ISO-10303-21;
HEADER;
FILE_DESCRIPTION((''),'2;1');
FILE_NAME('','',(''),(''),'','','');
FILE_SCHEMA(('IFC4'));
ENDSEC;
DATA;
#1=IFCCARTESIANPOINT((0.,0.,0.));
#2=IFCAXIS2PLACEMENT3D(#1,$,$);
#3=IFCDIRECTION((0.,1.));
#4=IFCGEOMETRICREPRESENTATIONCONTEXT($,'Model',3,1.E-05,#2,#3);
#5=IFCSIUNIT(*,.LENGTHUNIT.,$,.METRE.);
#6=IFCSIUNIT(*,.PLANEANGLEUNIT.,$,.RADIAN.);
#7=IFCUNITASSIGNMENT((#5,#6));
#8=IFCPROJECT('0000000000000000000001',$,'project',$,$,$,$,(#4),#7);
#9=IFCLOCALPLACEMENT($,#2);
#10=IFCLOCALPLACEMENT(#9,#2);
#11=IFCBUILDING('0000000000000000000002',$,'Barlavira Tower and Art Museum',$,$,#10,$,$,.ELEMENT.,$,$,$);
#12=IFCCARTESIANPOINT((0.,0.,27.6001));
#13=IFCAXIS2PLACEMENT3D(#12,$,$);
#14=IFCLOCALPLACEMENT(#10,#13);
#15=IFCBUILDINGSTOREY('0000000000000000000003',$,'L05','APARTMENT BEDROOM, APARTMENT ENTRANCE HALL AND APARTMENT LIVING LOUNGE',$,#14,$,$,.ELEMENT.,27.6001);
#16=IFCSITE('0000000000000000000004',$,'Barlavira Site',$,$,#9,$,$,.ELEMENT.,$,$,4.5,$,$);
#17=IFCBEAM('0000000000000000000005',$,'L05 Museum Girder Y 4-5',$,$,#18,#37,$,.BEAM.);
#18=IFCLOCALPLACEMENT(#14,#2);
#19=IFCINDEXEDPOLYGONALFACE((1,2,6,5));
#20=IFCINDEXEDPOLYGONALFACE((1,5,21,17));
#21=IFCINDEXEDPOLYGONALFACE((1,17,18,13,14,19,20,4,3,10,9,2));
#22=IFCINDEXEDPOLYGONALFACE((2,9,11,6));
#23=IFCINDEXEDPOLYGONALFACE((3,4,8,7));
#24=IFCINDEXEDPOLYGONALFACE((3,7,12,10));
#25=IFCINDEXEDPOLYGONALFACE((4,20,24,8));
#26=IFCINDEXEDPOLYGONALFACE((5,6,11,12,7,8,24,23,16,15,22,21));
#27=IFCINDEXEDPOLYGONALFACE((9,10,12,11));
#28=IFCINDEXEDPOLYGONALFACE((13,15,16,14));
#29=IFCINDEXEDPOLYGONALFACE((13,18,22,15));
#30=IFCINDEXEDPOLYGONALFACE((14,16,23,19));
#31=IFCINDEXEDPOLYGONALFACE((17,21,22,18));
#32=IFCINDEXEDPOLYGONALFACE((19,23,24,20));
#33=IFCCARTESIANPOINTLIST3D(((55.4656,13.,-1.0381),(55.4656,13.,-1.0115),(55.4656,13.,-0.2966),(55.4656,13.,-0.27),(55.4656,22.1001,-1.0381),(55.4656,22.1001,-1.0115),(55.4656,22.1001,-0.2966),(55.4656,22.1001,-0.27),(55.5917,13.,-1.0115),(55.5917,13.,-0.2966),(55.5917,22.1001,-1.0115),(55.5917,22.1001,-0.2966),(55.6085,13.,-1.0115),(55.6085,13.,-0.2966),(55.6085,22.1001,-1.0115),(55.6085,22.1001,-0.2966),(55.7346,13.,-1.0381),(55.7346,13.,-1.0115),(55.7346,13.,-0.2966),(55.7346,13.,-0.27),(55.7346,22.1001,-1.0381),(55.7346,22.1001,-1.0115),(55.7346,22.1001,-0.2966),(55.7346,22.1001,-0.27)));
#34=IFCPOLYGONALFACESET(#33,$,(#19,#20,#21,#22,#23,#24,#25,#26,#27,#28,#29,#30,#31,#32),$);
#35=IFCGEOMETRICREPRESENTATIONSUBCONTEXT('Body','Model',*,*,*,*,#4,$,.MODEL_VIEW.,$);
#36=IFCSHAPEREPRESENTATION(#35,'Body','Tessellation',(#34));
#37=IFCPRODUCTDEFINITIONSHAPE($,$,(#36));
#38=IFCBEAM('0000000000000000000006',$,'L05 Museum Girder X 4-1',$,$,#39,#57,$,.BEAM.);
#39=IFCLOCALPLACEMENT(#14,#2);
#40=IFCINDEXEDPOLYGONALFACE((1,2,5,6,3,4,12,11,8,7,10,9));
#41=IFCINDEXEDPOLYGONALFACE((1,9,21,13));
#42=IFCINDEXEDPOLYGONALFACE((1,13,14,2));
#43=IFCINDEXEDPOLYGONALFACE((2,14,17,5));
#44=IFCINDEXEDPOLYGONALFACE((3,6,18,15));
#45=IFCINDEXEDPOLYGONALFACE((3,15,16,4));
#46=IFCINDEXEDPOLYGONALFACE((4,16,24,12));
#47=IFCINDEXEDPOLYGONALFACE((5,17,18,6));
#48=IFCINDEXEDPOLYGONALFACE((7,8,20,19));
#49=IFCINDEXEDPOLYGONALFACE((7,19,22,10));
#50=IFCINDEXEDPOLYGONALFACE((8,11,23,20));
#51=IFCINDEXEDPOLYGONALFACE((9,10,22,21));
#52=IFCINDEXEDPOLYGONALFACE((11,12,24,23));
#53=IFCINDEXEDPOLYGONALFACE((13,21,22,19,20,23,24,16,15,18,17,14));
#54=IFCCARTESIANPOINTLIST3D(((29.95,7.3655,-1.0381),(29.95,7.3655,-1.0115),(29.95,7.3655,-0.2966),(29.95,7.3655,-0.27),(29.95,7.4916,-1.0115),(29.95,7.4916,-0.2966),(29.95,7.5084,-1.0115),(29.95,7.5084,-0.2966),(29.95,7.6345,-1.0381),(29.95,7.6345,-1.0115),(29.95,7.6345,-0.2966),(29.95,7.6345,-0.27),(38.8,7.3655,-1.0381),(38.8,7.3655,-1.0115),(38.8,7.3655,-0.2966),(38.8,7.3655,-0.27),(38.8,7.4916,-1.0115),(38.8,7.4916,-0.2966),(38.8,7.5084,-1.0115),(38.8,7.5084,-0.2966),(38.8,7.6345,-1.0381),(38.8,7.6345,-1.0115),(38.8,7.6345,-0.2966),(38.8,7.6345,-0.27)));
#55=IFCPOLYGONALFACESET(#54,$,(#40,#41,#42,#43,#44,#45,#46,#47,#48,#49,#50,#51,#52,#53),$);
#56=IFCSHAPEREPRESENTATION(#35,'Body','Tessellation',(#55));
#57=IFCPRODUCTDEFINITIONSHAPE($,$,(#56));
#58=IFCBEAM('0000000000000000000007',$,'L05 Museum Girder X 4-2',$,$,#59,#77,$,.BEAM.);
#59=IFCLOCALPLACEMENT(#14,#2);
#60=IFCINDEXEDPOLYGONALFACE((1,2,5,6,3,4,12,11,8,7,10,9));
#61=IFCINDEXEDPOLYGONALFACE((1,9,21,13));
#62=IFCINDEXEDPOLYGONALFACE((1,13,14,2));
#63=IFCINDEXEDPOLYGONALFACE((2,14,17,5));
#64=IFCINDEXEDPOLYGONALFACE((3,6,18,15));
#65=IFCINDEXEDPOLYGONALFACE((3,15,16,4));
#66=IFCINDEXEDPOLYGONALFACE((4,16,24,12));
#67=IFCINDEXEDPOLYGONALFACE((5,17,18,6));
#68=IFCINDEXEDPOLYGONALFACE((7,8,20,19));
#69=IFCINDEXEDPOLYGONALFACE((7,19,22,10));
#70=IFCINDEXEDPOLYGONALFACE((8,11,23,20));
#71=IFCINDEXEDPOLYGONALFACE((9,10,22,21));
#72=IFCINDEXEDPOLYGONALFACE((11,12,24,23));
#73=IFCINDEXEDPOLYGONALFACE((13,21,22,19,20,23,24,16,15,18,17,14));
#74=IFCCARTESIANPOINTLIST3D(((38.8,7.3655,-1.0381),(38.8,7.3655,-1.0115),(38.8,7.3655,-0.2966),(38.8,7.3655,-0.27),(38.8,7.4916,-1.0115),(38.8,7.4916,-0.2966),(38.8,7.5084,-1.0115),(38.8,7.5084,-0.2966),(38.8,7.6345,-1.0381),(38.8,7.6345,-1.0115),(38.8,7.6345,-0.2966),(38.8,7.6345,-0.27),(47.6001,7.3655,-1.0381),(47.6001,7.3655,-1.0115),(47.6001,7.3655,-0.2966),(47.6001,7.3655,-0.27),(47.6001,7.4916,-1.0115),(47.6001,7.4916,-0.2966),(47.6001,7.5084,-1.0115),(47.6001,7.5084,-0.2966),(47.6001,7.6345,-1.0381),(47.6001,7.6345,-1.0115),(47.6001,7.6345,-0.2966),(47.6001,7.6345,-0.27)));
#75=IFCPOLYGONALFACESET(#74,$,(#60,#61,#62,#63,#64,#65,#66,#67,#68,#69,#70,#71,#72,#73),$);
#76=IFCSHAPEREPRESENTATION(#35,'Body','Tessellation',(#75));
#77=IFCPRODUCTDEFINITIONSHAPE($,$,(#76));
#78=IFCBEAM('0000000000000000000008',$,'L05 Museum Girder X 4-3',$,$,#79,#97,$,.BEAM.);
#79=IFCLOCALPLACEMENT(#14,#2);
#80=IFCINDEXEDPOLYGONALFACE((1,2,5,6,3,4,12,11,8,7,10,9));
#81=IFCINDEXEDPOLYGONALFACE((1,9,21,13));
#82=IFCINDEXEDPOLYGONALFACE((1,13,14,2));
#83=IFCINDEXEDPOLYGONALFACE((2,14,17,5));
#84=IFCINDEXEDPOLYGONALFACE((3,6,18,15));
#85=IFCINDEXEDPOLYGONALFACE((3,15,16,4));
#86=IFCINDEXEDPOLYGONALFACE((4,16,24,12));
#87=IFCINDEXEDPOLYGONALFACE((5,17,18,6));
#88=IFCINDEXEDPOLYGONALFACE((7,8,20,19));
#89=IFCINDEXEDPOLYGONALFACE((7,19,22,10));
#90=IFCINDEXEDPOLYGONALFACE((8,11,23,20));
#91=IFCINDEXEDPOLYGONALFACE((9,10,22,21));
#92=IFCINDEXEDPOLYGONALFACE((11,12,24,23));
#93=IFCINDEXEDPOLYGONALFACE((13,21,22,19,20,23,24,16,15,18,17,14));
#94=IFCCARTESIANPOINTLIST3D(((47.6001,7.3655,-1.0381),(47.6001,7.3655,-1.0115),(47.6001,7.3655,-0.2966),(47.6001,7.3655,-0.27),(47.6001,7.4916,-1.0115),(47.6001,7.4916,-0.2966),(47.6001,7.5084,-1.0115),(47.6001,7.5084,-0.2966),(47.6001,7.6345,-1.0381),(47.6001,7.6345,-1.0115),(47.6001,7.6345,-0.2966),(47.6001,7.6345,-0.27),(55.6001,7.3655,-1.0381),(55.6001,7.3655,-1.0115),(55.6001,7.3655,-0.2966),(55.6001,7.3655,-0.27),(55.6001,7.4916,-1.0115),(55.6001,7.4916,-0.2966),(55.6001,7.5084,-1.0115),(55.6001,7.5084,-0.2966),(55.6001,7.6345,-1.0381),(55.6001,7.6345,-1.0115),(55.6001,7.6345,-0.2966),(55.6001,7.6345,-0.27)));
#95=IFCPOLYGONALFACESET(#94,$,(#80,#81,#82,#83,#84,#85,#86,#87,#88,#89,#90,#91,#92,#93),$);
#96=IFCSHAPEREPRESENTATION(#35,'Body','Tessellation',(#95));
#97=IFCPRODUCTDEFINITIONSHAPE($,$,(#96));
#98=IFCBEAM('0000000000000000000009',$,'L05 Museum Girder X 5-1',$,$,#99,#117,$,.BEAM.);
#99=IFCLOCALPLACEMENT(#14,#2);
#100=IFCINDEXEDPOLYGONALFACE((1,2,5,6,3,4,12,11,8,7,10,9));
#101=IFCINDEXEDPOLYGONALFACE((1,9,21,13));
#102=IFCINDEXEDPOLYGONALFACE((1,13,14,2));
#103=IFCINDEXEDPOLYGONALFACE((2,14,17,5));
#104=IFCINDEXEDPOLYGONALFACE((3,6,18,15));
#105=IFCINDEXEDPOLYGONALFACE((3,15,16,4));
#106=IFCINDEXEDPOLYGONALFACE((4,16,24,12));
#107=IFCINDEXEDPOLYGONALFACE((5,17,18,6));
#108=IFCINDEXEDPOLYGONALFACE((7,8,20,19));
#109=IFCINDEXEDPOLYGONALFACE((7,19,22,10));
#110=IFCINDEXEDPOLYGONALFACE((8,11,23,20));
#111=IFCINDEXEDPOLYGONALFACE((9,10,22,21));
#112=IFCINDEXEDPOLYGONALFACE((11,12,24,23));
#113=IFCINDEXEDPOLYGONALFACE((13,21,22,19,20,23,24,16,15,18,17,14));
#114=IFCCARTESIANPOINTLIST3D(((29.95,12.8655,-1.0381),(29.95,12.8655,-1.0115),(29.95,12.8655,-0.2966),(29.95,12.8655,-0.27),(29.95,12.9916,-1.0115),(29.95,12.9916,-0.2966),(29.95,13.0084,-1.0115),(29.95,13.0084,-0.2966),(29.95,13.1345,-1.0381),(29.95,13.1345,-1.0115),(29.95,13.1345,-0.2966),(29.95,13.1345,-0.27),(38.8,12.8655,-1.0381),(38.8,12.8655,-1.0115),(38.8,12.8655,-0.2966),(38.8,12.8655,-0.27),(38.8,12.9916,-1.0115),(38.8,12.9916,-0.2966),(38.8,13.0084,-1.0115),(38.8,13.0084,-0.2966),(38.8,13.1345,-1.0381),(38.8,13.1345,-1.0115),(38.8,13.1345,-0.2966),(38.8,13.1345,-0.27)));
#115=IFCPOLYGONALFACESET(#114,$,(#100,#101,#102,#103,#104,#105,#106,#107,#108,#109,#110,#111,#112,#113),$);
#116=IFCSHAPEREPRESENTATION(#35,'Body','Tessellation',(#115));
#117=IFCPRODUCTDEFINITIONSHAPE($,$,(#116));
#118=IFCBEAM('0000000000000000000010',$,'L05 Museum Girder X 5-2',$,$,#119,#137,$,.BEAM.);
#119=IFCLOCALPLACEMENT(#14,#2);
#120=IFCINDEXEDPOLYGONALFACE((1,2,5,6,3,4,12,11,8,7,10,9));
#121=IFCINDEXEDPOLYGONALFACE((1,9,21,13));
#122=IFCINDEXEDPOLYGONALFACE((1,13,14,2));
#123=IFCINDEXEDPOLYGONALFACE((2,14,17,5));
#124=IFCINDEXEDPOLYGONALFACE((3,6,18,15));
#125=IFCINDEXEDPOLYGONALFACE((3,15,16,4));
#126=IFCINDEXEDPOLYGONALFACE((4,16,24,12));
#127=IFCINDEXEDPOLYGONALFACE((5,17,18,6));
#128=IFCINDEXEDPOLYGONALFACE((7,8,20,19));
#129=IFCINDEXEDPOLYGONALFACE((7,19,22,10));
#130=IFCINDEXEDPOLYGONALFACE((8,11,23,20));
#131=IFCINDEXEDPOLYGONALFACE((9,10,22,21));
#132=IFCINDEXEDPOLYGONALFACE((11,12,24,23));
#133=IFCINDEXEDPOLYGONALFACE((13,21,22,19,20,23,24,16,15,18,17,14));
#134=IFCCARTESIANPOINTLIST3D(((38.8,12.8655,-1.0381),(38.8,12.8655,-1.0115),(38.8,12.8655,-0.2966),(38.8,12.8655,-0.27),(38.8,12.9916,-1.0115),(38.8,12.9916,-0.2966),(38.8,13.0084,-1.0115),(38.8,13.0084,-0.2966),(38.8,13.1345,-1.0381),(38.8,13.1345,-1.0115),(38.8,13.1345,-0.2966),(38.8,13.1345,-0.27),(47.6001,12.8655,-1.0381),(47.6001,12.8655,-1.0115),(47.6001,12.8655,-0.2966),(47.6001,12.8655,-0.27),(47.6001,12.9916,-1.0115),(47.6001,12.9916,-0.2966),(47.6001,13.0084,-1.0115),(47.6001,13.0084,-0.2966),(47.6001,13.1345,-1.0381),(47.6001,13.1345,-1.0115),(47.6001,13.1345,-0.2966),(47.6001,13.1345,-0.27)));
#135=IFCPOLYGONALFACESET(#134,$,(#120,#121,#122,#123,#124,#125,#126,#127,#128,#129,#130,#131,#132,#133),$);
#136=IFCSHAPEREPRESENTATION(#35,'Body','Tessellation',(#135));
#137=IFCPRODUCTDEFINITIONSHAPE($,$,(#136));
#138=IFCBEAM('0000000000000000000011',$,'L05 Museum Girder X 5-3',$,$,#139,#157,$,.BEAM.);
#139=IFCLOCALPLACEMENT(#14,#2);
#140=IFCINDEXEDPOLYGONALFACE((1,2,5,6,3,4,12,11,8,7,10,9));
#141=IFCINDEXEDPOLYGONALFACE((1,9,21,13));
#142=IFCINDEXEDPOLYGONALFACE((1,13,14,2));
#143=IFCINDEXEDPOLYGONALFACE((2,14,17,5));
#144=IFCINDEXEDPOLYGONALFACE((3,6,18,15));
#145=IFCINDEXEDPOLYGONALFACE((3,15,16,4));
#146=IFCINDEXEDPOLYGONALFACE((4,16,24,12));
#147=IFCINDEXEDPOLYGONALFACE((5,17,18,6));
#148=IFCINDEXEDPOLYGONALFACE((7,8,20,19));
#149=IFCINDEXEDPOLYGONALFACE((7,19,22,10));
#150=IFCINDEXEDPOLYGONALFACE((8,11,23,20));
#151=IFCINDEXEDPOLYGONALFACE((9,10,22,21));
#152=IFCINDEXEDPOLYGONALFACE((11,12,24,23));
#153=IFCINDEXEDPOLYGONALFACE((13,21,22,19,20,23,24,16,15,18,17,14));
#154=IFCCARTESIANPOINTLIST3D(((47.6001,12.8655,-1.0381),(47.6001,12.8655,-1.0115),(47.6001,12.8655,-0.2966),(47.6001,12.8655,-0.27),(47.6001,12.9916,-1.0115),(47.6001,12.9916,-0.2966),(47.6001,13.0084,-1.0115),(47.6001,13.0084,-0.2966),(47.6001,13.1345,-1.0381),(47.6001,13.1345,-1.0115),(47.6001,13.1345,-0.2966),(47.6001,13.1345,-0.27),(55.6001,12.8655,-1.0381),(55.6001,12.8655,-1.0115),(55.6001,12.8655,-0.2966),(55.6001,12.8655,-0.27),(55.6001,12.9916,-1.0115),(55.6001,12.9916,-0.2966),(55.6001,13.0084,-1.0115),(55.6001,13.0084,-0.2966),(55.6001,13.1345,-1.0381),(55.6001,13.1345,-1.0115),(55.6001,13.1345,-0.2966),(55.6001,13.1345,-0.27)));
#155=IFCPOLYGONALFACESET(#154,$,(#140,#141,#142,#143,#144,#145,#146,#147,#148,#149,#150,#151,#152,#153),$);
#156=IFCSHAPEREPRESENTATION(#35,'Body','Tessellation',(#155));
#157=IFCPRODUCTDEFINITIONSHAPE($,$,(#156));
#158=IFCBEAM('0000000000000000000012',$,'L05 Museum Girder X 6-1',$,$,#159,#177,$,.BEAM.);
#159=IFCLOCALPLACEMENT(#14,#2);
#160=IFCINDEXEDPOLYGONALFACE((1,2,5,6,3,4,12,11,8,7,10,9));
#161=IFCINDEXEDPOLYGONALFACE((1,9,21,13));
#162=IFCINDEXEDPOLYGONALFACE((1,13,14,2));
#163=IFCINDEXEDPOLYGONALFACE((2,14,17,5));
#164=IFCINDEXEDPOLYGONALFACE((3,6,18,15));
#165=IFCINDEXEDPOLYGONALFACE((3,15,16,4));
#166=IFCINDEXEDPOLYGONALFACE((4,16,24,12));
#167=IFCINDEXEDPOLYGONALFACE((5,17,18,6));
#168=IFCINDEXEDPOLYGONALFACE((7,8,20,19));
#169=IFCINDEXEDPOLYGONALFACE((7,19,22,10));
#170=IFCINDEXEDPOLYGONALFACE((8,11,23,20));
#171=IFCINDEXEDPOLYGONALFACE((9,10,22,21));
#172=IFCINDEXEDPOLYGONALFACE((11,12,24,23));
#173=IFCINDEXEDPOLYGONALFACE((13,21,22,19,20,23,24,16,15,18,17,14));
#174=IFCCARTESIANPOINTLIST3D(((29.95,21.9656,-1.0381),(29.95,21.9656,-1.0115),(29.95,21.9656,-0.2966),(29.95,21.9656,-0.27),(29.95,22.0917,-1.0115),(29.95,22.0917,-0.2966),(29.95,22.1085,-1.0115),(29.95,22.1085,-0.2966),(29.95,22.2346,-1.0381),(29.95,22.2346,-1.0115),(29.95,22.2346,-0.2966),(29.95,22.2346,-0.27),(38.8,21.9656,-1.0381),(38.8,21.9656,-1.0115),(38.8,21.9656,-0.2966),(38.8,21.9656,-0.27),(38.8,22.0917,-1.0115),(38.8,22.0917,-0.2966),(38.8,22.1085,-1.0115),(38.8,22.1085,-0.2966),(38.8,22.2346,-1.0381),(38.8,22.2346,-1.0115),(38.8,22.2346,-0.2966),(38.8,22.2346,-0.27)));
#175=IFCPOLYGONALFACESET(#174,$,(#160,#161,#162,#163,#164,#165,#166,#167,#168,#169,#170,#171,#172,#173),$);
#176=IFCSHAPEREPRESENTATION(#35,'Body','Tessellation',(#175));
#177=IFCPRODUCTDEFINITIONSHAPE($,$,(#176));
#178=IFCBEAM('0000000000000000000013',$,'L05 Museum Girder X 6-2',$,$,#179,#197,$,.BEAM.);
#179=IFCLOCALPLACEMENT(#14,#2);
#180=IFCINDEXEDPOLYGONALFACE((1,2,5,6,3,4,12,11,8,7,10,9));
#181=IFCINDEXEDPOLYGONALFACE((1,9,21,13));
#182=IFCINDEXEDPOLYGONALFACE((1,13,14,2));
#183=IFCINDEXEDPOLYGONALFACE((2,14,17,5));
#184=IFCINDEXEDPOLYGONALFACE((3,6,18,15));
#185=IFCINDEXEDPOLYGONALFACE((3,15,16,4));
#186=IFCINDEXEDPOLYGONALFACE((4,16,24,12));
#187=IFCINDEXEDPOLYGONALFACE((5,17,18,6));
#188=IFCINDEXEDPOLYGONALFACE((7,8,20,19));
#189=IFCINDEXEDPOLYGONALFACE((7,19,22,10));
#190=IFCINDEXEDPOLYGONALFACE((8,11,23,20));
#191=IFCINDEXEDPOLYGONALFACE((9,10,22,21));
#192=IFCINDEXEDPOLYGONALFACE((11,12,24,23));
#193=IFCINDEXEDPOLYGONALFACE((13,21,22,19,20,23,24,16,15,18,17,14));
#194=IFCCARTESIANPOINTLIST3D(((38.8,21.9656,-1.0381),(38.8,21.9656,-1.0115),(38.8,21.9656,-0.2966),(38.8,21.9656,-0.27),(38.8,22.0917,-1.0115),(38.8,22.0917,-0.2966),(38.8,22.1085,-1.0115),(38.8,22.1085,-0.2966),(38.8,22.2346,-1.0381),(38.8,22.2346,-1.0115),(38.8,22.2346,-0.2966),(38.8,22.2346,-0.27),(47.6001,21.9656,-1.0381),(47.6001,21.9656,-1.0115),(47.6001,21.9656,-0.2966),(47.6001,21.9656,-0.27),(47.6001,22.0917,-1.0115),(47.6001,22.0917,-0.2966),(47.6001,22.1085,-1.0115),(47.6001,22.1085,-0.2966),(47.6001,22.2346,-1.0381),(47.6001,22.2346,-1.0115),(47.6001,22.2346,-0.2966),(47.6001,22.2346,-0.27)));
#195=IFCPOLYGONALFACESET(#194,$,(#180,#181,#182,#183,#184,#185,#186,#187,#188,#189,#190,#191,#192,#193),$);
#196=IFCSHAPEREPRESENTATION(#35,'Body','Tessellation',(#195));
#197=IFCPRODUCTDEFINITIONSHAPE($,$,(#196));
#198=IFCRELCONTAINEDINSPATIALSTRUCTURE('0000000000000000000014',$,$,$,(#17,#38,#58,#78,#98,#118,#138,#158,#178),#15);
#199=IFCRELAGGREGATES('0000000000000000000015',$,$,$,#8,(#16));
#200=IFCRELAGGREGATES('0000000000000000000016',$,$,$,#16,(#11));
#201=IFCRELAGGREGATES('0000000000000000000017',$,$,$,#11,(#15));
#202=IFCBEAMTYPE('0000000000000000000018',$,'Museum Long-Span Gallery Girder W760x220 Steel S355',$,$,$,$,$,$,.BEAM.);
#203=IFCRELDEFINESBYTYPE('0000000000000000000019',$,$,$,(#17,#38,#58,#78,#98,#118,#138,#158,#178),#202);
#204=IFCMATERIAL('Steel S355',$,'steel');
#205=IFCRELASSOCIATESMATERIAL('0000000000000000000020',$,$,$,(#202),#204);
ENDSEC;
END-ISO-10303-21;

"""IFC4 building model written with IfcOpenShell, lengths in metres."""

from ifc_helpers import new_model, si_unit, direction, frame, origin, origin_2d, place, context, subcontext, project, spatial, i_section, extrude, material, material_profile, profile_set, type_object, element, save


model = new_model("IFC4")

# Units and contexts
model_context = context("Model", 3, precision=1e-05, world=origin(), true_north=direction((0.0, 1.0)))
body_context = subcontext(model_context, "Body", "Model", "MODEL_VIEW")
ifc_project = project(units=[si_unit("LENGTHUNIT", "METRE"), si_unit("PLANEANGLEUNIT", "RADIAN")], contexts=[model_context])

# Site, building, storey
site_placement = place(None, origin())
site = spatial("IfcSite", under=ifc_project, at=site_placement, Name="Barlavira Site", CompositionType="ELEMENT", RefElevation=4.5)
building_placement = place(site_placement, origin())
building = spatial("IfcBuilding", under=site, at=building_placement, Name="Barlavira Tower and Art Museum", CompositionType="ELEMENT")
storey_placement = place(building_placement, frame((0.0, 0.0, 27.6001)))
storey = spatial("IfcBuildingStorey", under=building, at=storey_placement, Name="L05", Description="APARTMENT BEDROOM, APARTMENT ENTRANCE HALL AND APARTMENT LIVING LOUNGE", CompositionType="ELEMENT", Elevation=27.6001)

# Beams
ifc_material_1 = material(Name="Steel S355", Category="steel")
ifc_material_profile_1 = material_profile(ifc_material_1, i_section(OverallWidth=0.269, OverallDepth=0.7681, WebThickness=0.0168, FlangeThickness=0.0266, at=origin_2d()), Name="W760x220.0")
ifc_profile_set_1 = profile_set([ifc_material_profile_1], Name="Steel S355")
beam_type_1 = type_object("IfcBeamType", Name="Museum Long-Span Gallery Girder W760x220 Steel S355", PredefinedType="BEAM", material=ifc_profile_set_1)
beam_1_placement = place(storey_placement, frame((55.6001, 13.0, -0.6541), z_axis=(0.0, 1.0, 0.0), x_axis=(-1.0, 0.0, 0.0)))
element("IfcBeam", 1, at=beam_1_placement, inside=storey, type_object=beam_type_1, Name="L05 Museum Girder Y 4-5", PredefinedType="BEAM", context=body_context, shape_type="SweptSolid", body=[
    extrude(i_section(OverallWidth=0.269, OverallDepth=0.7681, WebThickness=0.0168, FlangeThickness=0.0266, at=origin_2d()), origin(), (0.0, 0.0, 1.0), 9.1001),
])
beam_2_placement = place(storey_placement, frame((29.95, 7.5, -0.6541), z_axis=(1.0, 0.0, 0.0), x_axis=(0.0, 1.0, 0.0)))
element("IfcBeam", 2, at=beam_2_placement, inside=storey, type_object=beam_type_1, Name="L05 Museum Girder X 4-1", PredefinedType="BEAM", context=body_context, shape_type="SweptSolid", body=[
    extrude(i_section(OverallWidth=0.269, OverallDepth=0.7681, WebThickness=0.0168, FlangeThickness=0.0266, at=origin_2d()), origin(), (0.0, 0.0, 1.0), 8.8501),
])
beam_3_placement = place(storey_placement, frame((38.8, 7.5, -0.6541), z_axis=(1.0, 0.0, 0.0), x_axis=(0.0, 1.0, 0.0)))
element("IfcBeam", 3, at=beam_3_placement, inside=storey, type_object=beam_type_1, Name="L05 Museum Girder X 4-2", PredefinedType="BEAM", context=body_context, shape_type="SweptSolid", body=[
    extrude(i_section(OverallWidth=0.269, OverallDepth=0.7681, WebThickness=0.0168, FlangeThickness=0.0266, at=origin_2d()), origin(), (0.0, 0.0, 1.0), 8.8),
])
beam_4_placement = place(storey_placement, frame((47.6001, 7.5, -0.6541), z_axis=(1.0, 0.0, 0.0), x_axis=(0.0, 1.0, 0.0)))
element("IfcBeam", 4, at=beam_4_placement, inside=storey, type_object=beam_type_1, Name="L05 Museum Girder X 4-3", PredefinedType="BEAM", context=body_context, shape_type="SweptSolid", body=[
    extrude(i_section(OverallWidth=0.269, OverallDepth=0.7681, WebThickness=0.0168, FlangeThickness=0.0266, at=origin_2d()), origin(), (0.0, 0.0, 1.0), 8.0),
])
beam_5_placement = place(storey_placement, frame((29.95, 13.0, -0.6541), z_axis=(1.0, 0.0, 0.0), x_axis=(0.0, 1.0, 0.0)))
element("IfcBeam", 5, at=beam_5_placement, inside=storey, type_object=beam_type_1, Name="L05 Museum Girder X 5-1", PredefinedType="BEAM", context=body_context, shape_type="SweptSolid", body=[
    extrude(i_section(OverallWidth=0.269, OverallDepth=0.7681, WebThickness=0.0168, FlangeThickness=0.0266, at=origin_2d()), origin(), (0.0, 0.0, 1.0), 8.8501),
])
beam_6_placement = place(storey_placement, frame((38.8, 13.0, -0.6541), z_axis=(1.0, 0.0, 0.0), x_axis=(0.0, 1.0, 0.0)))
element("IfcBeam", 6, at=beam_6_placement, inside=storey, type_object=beam_type_1, Name="L05 Museum Girder X 5-2", PredefinedType="BEAM", context=body_context, shape_type="SweptSolid", body=[
    extrude(i_section(OverallWidth=0.269, OverallDepth=0.7681, WebThickness=0.0168, FlangeThickness=0.0266, at=origin_2d()), origin(), (0.0, 0.0, 1.0), 8.8),
])
beam_7_placement = place(storey_placement, frame((47.6001, 13.0, -0.6541), z_axis=(1.0, 0.0, 0.0), x_axis=(0.0, 1.0, 0.0)))
element("IfcBeam", 7, at=beam_7_placement, inside=storey, type_object=beam_type_1, Name="L05 Museum Girder X 5-3", PredefinedType="BEAM", context=body_context, shape_type="SweptSolid", body=[
    extrude(i_section(OverallWidth=0.269, OverallDepth=0.7681, WebThickness=0.0168, FlangeThickness=0.0266, at=origin_2d()), origin(), (0.0, 0.0, 1.0), 8.0),
])
beam_8_placement = place(storey_placement, frame((29.95, 22.1001, -0.6541), z_axis=(1.0, 0.0, 0.0), x_axis=(0.0, 1.0, 0.0)))
element("IfcBeam", 8, at=beam_8_placement, inside=storey, type_object=beam_type_1, Name="L05 Museum Girder X 6-1", PredefinedType="BEAM", context=body_context, shape_type="SweptSolid", body=[
    extrude(i_section(OverallWidth=0.269, OverallDepth=0.7681, WebThickness=0.0168, FlangeThickness=0.0266, at=origin_2d()), origin(), (0.0, 0.0, 1.0), 8.8501),
])
beam_9_placement = place(storey_placement, frame((38.8, 22.1001, -0.6541), z_axis=(1.0, 0.0, 0.0), x_axis=(0.0, 1.0, 0.0)))
element("IfcBeam", 9, at=beam_9_placement, inside=storey, type_object=beam_type_1, Name="L05 Museum Girder X 6-2", PredefinedType="BEAM", context=body_context, shape_type="SweptSolid", body=[
    extrude(i_section(OverallWidth=0.269, OverallDepth=0.7681, WebThickness=0.0168, FlangeThickness=0.0266, at=origin_2d()), origin(), (0.0, 0.0, 1.0), 8.8),
])

save(model, "model.ifc")
